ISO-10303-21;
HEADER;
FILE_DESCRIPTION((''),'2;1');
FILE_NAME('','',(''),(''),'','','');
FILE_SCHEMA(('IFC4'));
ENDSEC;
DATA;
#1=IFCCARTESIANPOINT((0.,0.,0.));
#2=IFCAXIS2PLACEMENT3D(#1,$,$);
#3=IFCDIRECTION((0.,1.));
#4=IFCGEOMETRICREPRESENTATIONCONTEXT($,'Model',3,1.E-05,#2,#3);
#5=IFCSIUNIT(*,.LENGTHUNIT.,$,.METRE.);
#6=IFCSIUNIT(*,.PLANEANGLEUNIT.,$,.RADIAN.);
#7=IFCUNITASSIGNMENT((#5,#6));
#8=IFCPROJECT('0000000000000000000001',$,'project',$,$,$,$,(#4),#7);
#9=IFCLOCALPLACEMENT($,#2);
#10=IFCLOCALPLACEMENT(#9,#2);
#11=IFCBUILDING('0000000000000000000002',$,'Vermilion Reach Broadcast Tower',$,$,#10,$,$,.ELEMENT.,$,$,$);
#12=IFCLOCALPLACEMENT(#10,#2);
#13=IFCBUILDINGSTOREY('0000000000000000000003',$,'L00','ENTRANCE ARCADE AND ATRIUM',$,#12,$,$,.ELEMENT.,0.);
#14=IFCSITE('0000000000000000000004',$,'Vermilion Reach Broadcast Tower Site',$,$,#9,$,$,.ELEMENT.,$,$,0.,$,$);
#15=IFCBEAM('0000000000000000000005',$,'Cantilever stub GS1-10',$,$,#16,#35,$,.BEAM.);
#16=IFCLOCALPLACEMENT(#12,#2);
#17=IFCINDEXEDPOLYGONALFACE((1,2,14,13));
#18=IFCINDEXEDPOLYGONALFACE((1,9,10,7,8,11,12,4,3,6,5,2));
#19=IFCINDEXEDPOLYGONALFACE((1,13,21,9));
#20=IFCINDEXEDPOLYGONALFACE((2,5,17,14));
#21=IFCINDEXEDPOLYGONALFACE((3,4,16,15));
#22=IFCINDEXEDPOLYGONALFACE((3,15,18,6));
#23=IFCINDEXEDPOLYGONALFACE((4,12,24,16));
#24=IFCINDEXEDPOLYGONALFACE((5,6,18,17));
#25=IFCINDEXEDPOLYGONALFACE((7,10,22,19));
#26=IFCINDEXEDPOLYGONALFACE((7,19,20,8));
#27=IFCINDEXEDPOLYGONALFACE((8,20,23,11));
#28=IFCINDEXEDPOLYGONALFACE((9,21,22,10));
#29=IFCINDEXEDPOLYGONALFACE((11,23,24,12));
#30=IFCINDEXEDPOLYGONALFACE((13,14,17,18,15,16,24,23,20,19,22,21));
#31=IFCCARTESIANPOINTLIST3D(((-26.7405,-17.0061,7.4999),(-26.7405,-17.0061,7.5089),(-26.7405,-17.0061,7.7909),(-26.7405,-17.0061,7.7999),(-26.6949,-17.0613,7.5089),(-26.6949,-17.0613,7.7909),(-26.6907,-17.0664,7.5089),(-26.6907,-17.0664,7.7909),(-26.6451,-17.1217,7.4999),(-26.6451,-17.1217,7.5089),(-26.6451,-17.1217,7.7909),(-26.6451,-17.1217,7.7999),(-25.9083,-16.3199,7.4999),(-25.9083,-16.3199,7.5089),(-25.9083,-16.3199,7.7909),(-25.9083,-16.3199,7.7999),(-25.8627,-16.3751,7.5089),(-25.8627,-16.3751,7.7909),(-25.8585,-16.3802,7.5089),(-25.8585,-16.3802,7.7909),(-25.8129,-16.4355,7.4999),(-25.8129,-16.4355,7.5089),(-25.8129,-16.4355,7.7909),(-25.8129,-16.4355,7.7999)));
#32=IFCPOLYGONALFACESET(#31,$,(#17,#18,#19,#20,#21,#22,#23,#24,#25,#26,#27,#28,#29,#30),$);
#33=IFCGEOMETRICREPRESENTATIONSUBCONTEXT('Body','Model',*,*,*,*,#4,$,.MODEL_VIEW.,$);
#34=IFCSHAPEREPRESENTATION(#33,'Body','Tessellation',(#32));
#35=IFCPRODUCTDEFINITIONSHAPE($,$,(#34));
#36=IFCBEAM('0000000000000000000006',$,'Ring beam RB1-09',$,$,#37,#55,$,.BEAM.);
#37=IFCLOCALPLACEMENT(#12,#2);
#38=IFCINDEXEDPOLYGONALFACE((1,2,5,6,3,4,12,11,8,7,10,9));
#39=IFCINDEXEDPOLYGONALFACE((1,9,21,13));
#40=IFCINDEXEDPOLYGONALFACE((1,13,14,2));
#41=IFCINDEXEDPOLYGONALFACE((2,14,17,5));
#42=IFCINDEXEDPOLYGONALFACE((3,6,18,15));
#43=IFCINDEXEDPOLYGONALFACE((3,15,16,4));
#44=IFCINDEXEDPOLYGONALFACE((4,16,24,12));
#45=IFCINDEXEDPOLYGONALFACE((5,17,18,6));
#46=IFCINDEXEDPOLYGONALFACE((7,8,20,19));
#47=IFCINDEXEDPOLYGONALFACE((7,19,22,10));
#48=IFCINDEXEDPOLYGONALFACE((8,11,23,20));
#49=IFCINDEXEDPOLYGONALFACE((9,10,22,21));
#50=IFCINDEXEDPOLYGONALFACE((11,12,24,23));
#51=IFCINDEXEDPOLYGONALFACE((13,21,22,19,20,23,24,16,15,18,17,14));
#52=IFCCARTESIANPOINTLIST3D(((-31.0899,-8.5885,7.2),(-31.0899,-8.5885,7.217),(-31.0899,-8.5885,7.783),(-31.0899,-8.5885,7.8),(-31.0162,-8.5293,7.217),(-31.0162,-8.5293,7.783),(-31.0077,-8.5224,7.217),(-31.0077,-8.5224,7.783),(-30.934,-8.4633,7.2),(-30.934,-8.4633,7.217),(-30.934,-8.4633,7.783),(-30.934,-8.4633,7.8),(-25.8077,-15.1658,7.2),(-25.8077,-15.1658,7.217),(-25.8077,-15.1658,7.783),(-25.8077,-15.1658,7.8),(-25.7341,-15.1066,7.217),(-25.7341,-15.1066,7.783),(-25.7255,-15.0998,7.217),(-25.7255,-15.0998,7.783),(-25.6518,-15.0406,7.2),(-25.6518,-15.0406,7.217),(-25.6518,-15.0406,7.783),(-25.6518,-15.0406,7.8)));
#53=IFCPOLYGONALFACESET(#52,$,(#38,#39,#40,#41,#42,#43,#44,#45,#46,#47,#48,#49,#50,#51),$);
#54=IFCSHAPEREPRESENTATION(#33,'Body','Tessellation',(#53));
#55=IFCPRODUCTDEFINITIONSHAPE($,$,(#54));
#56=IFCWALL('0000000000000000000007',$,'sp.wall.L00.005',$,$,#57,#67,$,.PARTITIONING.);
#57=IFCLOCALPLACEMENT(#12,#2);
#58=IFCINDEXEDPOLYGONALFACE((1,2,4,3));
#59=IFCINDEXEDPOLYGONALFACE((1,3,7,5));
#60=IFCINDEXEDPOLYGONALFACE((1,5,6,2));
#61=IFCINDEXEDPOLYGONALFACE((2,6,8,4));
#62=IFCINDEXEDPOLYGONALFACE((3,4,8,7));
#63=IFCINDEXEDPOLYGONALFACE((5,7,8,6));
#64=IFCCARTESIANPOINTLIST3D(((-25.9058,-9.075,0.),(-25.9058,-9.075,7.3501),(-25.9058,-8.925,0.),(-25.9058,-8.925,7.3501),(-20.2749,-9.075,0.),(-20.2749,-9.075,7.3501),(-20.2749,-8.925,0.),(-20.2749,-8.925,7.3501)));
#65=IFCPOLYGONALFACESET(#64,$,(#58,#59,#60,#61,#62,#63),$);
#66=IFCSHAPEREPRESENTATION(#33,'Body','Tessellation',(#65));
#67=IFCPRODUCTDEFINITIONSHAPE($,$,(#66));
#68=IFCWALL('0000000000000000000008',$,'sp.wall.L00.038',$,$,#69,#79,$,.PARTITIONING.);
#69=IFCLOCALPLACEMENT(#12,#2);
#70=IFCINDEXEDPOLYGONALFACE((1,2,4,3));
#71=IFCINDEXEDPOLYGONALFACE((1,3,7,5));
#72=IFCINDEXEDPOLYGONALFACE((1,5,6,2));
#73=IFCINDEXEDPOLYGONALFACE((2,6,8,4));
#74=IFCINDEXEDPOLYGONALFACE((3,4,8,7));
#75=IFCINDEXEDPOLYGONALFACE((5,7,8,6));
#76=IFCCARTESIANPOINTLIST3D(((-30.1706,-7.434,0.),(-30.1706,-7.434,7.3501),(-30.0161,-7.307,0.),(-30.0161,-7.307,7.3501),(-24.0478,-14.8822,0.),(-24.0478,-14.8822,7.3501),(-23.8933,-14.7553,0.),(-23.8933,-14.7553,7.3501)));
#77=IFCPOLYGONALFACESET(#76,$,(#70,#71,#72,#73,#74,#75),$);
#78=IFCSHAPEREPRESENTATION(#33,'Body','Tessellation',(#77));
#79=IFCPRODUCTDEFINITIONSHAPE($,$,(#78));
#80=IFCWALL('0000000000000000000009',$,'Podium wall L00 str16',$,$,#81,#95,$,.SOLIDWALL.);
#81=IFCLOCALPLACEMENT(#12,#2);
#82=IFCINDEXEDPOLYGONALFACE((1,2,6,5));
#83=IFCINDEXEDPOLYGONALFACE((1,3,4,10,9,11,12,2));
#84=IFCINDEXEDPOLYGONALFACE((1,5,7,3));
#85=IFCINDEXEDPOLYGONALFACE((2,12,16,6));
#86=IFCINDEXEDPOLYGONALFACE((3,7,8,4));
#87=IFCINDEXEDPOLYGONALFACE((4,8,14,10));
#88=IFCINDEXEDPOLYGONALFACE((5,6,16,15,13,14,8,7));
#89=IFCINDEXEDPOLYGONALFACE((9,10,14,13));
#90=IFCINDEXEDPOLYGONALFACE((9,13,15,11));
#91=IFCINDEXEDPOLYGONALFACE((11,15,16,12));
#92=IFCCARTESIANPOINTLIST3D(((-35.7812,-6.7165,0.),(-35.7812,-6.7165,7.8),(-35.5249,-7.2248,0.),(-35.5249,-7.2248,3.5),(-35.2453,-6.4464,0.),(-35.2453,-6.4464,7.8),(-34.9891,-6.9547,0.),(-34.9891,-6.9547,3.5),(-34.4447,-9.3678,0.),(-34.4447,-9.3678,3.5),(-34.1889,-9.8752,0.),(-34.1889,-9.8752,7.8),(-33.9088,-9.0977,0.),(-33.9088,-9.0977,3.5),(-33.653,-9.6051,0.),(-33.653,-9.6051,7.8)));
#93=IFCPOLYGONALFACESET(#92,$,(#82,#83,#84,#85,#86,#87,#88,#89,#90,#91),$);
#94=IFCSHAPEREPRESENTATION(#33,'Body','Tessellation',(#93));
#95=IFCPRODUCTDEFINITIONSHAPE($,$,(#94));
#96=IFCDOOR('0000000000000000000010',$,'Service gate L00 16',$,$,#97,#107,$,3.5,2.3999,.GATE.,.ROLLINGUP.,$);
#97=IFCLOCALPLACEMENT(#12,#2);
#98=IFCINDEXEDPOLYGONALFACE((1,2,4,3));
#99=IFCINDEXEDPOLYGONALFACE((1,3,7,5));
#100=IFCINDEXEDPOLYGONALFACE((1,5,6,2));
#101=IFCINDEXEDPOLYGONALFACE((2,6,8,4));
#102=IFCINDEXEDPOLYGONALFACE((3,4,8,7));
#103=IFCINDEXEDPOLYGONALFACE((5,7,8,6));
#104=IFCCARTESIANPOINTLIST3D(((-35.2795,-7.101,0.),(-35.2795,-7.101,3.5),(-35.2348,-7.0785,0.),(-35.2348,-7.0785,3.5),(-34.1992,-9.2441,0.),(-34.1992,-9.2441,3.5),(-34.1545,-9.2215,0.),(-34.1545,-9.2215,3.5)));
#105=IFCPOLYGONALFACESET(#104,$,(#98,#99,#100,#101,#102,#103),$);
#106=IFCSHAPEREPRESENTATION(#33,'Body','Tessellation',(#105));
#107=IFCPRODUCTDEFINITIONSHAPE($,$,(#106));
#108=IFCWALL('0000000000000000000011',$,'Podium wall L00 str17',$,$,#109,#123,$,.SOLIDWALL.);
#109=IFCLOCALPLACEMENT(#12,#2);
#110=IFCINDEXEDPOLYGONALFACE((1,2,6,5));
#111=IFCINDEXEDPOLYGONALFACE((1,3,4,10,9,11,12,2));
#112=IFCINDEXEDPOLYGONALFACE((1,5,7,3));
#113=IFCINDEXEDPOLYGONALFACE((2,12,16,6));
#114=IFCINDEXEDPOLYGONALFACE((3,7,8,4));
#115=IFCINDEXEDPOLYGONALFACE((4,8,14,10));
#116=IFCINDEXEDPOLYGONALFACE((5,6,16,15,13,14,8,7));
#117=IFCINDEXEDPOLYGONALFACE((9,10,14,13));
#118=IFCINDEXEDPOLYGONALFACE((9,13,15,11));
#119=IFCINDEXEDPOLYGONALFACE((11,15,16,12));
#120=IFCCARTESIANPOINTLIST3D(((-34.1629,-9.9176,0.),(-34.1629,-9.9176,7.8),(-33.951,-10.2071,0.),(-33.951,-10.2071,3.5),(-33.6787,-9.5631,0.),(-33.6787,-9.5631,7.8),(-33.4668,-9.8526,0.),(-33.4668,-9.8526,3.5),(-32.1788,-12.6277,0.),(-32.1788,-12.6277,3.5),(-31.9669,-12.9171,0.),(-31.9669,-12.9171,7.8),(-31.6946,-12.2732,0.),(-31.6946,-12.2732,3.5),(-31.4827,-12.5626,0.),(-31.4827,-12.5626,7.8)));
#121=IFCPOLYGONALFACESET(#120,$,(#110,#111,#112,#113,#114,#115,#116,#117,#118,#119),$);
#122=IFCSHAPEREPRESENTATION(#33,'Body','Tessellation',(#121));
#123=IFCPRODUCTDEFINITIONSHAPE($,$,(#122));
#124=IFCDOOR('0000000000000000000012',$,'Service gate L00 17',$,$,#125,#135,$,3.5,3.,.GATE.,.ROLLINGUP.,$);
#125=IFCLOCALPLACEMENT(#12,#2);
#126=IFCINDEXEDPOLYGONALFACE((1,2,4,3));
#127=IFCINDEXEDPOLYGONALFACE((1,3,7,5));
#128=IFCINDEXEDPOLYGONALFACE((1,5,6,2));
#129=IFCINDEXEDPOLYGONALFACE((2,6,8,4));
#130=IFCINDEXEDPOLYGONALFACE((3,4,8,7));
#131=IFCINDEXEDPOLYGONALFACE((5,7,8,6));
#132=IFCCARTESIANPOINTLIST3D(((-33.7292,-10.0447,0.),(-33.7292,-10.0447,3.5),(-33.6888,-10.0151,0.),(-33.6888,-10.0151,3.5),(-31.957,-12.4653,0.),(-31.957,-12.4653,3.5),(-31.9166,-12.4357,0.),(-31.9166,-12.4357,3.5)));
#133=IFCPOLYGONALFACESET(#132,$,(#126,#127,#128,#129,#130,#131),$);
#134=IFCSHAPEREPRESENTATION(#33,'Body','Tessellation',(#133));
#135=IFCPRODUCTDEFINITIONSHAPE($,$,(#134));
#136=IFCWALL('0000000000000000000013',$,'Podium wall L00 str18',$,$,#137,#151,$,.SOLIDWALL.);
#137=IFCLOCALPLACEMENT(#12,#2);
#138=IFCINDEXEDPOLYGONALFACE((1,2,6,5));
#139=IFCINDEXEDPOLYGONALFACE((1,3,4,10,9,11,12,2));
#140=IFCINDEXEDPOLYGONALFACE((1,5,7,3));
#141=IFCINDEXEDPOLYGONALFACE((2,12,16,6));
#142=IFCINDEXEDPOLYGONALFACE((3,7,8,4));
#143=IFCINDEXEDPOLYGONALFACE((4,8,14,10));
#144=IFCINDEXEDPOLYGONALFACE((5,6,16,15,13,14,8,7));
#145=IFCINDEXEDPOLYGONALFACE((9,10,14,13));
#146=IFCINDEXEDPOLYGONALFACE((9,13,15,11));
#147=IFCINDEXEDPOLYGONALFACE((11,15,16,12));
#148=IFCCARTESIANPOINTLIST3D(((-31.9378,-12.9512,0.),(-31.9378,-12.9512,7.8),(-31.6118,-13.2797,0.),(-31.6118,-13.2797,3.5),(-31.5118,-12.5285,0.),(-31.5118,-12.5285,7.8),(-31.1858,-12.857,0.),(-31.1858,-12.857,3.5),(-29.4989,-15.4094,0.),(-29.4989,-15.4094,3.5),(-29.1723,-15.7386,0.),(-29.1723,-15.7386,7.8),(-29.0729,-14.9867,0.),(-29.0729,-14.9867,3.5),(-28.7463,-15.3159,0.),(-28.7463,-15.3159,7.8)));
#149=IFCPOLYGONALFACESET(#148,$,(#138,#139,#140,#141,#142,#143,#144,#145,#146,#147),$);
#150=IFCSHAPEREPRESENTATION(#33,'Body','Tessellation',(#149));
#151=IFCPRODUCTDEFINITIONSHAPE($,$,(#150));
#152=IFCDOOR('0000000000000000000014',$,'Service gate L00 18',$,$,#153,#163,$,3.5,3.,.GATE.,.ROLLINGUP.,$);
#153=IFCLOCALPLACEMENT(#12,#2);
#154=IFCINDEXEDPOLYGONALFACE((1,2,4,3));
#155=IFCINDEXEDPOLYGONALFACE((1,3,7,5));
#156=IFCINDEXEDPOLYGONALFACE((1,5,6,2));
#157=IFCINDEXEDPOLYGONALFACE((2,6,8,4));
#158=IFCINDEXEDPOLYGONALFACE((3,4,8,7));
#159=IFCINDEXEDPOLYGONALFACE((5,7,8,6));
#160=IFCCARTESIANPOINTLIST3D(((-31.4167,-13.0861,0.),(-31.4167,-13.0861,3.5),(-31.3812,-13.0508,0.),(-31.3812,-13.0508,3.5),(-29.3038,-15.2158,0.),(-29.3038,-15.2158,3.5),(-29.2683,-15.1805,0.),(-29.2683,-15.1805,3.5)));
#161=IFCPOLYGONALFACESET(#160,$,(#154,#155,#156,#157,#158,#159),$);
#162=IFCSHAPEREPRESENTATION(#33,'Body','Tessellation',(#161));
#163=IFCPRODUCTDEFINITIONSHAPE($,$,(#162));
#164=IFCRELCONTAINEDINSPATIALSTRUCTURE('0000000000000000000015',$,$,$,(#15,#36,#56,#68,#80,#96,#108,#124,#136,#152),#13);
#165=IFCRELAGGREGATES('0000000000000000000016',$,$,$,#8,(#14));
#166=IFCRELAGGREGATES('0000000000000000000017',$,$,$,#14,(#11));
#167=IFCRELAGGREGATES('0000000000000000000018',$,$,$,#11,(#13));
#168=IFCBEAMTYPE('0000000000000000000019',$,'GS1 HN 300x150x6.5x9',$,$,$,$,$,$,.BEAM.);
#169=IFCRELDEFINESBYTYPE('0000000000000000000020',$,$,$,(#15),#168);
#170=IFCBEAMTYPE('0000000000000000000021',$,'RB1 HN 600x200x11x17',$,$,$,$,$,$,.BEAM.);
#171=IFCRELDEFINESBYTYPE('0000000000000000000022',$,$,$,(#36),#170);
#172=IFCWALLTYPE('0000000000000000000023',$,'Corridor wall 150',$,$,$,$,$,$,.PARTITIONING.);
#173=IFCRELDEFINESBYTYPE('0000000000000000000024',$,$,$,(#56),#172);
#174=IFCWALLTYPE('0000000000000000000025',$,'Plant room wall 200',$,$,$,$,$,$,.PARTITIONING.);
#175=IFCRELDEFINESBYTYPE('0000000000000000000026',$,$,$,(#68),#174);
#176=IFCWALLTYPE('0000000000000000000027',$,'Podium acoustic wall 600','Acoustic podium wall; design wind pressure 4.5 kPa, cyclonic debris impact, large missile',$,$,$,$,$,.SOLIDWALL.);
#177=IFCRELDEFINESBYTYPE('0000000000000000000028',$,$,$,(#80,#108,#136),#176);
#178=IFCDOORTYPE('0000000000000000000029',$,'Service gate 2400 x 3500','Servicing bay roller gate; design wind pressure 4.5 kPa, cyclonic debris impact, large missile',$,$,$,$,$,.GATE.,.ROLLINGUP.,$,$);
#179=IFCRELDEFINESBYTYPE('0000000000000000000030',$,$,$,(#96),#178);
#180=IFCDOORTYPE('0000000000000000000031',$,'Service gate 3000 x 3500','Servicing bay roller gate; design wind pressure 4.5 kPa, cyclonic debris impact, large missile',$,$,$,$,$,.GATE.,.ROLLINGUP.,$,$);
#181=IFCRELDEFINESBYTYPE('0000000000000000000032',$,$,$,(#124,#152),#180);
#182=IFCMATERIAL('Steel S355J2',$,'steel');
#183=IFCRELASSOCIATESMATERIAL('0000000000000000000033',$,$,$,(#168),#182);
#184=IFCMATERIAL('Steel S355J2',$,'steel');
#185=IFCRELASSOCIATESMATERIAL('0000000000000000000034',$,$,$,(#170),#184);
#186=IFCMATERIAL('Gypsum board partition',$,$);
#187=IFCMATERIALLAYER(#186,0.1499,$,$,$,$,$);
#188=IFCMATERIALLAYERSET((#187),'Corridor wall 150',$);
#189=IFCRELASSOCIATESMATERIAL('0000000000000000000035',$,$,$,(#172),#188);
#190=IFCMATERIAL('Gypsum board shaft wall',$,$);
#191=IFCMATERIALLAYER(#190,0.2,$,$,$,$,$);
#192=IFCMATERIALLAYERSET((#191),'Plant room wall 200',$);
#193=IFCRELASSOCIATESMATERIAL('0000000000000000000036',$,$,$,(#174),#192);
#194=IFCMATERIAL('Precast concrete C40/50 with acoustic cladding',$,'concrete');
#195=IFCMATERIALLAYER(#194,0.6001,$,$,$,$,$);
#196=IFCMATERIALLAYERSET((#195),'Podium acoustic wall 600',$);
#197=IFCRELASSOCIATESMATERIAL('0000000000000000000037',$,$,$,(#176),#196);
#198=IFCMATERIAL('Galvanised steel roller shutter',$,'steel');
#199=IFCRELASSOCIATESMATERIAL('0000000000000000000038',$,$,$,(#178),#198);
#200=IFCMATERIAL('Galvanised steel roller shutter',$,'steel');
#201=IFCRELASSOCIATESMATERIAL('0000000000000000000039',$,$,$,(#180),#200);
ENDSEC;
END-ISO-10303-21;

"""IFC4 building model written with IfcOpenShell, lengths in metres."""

from ifc_helpers import new_model, si_unit, direction, frame, frame_2d, origin, origin_2d, place, context, subcontext, project, spatial, rectangle, i_section, extrude, material, layer, layer_set, material_profile, profile_set, type_object, element, fill, save


model = new_model("IFC4")

# Units and contexts
model_context = context("Model", 3, precision=1e-05, world=origin(), true_north=direction((0.0, 1.0)))
body_context = subcontext(model_context, "Body", "Model", "MODEL_VIEW")
ifc_project = project(units=[si_unit("LENGTHUNIT", "METRE"), si_unit("PLANEANGLEUNIT", "RADIAN")], contexts=[model_context])

# Site, building, storey
site_placement = place(None, origin())
site = spatial("IfcSite", under=ifc_project, at=site_placement, Name="Vermilion Reach Broadcast Tower Site", CompositionType="ELEMENT", RefElevation=0.0)
building_placement = place(site_placement, origin())
building = spatial("IfcBuilding", under=site, at=building_placement, Name="Vermilion Reach Broadcast Tower", CompositionType="ELEMENT")
storey_placement = place(building_placement, origin())
storey = spatial("IfcBuildingStorey", under=building, at=storey_placement, Name="L00", Description="ENTRANCE ARCADE AND ATRIUM", CompositionType="ELEMENT", Elevation=0.0)

# Beams
ifc_material_1 = material(Name="Steel S355J2", Category="steel")
ifc_material_profile_1 = material_profile(ifc_material_1, i_section(OverallWidth=0.1499, OverallDepth=0.3, WebThickness=0.0066, FlangeThickness=0.009, at=origin_2d()), Name="S355J2 HN 300x150x6.5x9")
ifc_profile_set_1 = profile_set([ifc_material_profile_1], Name="Steel S355J2")
beam_type_1 = type_object("IfcBeamType", Name="GS1 HN 300x150x6.5x9", PredefinedType="BEAM", material=ifc_profile_set_1)
beam_1_placement = place(storey_placement, frame((-25.8606, -16.3777, 7.6499), z_axis=(-0.771532, -0.636191, 0.0), x_axis=(0.636191, -0.771532, 0.0)))
element("IfcBeam", 1, at=beam_1_placement, inside=storey, type_object=beam_type_1, Name="Cantilever stub GS1-10", PredefinedType="BEAM", context=body_context, shape_type="SweptSolid", body=[
    extrude(i_section(OverallWidth=0.1499, OverallDepth=0.3, WebThickness=0.0066, FlangeThickness=0.009, at=origin_2d()), origin(), (0.0, 0.0, 1.0), 1.0786),
])
ifc_material_2 = material(Name="Steel S355J2", Category="steel")
ifc_material_profile_2 = material_profile(ifc_material_2, i_section(OverallWidth=0.2, OverallDepth=0.6001, WebThickness=0.011, FlangeThickness=0.0171, at=origin_2d()), Name="S355J2 HN 600x200x11x17")
ifc_profile_set_2 = profile_set([ifc_material_profile_2], Name="Steel S355J2")
beam_type_2 = type_object("IfcBeamType", Name="RB1 HN 600x200x11x17", PredefinedType="BEAM", material=ifc_profile_set_2)
beam_2_placement = place(storey_placement, frame((-31.012, -8.5259, 7.5), z_axis=(0.626162, -0.779693, 0.0), x_axis=(0.779693, 0.626162, 0.0)))
element("IfcBeam", 2, at=beam_2_placement, inside=storey, type_object=beam_type_2, Name="Ring beam RB1-09", PredefinedType="BEAM", context=body_context, shape_type="SweptSolid", body=[
    extrude(i_section(OverallWidth=0.2, OverallDepth=0.6001, WebThickness=0.011, FlangeThickness=0.0171, at=origin_2d()), origin(), (0.0, 0.0, 1.0), 8.4358),
])

# Walls
ifc_material_3 = material(Name="Gypsum board partition")
ifc_layer_1 = layer(ifc_material_3, 0.1499)
ifc_layer_set_1 = layer_set([ifc_layer_1], Name="Corridor wall 150")
wall_type_1 = type_object("IfcWallType", Name="Corridor wall 150", PredefinedType="PARTITIONING", material=ifc_layer_set_1)
wall_1_placement = place(storey_placement, frame((-25.9058, -9.0, 0.0), z_axis=(0.0, 0.0, 1.0), x_axis=(1.0, 0.0, 0.0)))
element("IfcWall", 3, at=wall_1_placement, inside=storey, type_object=wall_type_1, Name="sp.wall.L00.005", PredefinedType="PARTITIONING", context=body_context, shape_type="SweptSolid", body=[
    extrude(rectangle(XDim=5.6309, YDim=0.1499, at=frame_2d((2.8154, 0.0))), origin(), (0.0, 0.0, 1.0), 7.3501),
])
ifc_material_4 = material(Name="Gypsum board shaft wall")
ifc_layer_2 = layer(ifc_material_4, 0.2)
ifc_layer_set_2 = layer_set([ifc_layer_2], Name="Plant room wall 200")
wall_type_2 = type_object("IfcWallType", Name="Plant room wall 200", PredefinedType="PARTITIONING", material=ifc_layer_set_2)
wall_2_placement = place(storey_placement, frame((-30.0933, -7.3706, 0.0), z_axis=(0.0, 0.0, 1.0), x_axis=(0.635024, -0.772492, 0.0)))
element("IfcWall", 4, at=wall_2_placement, inside=storey, type_object=wall_type_2, Name="sp.wall.L00.038", PredefinedType="PARTITIONING", context=body_context, shape_type="SweptSolid", body=[
    extrude(rectangle(XDim=9.6418, YDim=0.2, at=frame_2d((4.8208, 0.0))), origin(), (0.0, 0.0, 1.0), 7.3501),
])

# Walls, openings, doors
ifc_material_5 = material(Name="Precast concrete C40/50 with acoustic cladding", Category="concrete")
ifc_layer_3 = layer(ifc_material_5, 0.6001)
ifc_layer_set_3 = layer_set([ifc_layer_3], Name="Podium acoustic wall 600")
wall_type_3 = type_object("IfcWallType", Name="Podium acoustic wall 600", Description="Acoustic podium wall; design wind pressure 4.5 kPa, cyclonic debris impact, large missile", PredefinedType="SOLIDWALL", material=ifc_layer_set_3)
wall_3_placement = place(storey_placement, frame((-35.5132, -6.5815, 0.0), z_axis=(0.0, 0.0, 1.0), x_axis=(0.450138, -0.892959, 0.0)))
wall_3 = element("IfcWall", 5, at=wall_3_placement, inside=storey, type_object=wall_type_3, Name="Podium wall L00 str16", PredefinedType="SOLIDWALL", context=body_context, shape_type="SweptSolid", body=[
    extrude(rectangle(XDim=3.5374, YDim=0.6001, at=frame_2d((1.7686, 0.0))), origin(), (0.0, 0.0, 1.0), 7.8),
])
opening_1_placement = place(wall_3_placement, frame((0.5691, 0.0, 0.0)))
opening_1 = element("IfcOpeningElement", 6, at=opening_1_placement, cuts=wall_3, PredefinedType="OPENING", context=body_context, shape_type="SweptSolid", body=[
    extrude(rectangle(XDim=2.3999, YDim=3.5, at=frame_2d((1.2, 1.75))), frame((0.0, 0.3101, 0.0), z_axis=(0.0, -1.0, 0.0), x_axis=(1.0, 0.0, 0.0)), (0.0, 0.0, 1.0), 0.6201),
])
ifc_material_6 = material(Name="Galvanised steel roller shutter", Category="steel")
door_type_1 = type_object("IfcDoorType", Name="Service gate 2400 x 3500", Description="Servicing bay roller gate; design wind pressure 4.5 kPa, cyclonic debris impact, large missile", OperationType="ROLLINGUP", PredefinedType="GATE", material=ifc_material_6)
door_1_placement = place(opening_1_placement, origin())
door_1 = element("IfcDoor", 7, at=door_1_placement, inside=storey, type_object=door_type_1, Name="Service gate L00 16", OperationType="ROLLINGUP", OverallHeight=3.5, OverallWidth=2.3999, PredefinedType="GATE", context=body_context, shape_type="SweptSolid", body=[
    extrude(rectangle(XDim=2.3999, YDim=3.5, at=frame_2d((1.2, 1.75))), frame((0.0, 0.0249, 0.0), z_axis=(0.0, -1.0, 0.0), x_axis=(1.0, 0.0, 0.0)), (0.0, 0.0, 1.0), 0.05),
])
fill(opening_1, door_1)
wall_4_placement = place(storey_placement, frame((-33.9209, -9.7402, 0.0), z_axis=(0.0, 0.0, 1.0), x_axis=(0.590734, -0.806866, 0.0)))
wall_4 = element("IfcWall", 8, at=wall_4_placement, inside=storey, type_object=wall_type_3, Name="Podium wall L00 str17", PredefinedType="SOLIDWALL", context=body_context, shape_type="SweptSolid", body=[
    extrude(rectangle(XDim=3.7175, YDim=0.6001, at=frame_2d((1.8589, 0.0))), origin(), (0.0, 0.0, 1.0), 7.8),
])
opening_2_placement = place(wall_4_placement, frame((0.3589, 0.0, 0.0)))
opening_2 = element("IfcOpeningElement", 9, at=opening_2_placement, cuts=wall_4, PredefinedType="OPENING", context=body_context, shape_type="SweptSolid", body=[
    extrude(rectangle(XDim=3.0, YDim=3.5, at=frame_2d((1.5, 1.75))), frame((0.0, 0.3101, 0.0), z_axis=(0.0, -1.0, 0.0), x_axis=(1.0, 0.0, 0.0)), (0.0, 0.0, 1.0), 0.6201),
])
ifc_material_7 = material(Name="Galvanised steel roller shutter", Category="steel")
door_type_2 = type_object("IfcDoorType", Name="Service gate 3000 x 3500", Description="Servicing bay roller gate; design wind pressure 4.5 kPa, cyclonic debris impact, large missile", OperationType="ROLLINGUP", PredefinedType="GATE", material=ifc_material_7)
door_2_placement = place(opening_2_placement, origin())
door_2 = element("IfcDoor", 10, at=door_2_placement, inside=storey, type_object=door_type_2, Name="Service gate L00 17", OperationType="ROLLINGUP", OverallHeight=3.5, OverallWidth=3.0, PredefinedType="GATE", context=body_context, shape_type="SweptSolid", body=[
    extrude(rectangle(XDim=3.0, YDim=3.5, at=frame_2d((1.5, 1.75))), frame((0.0, 0.0249, 0.0), z_axis=(0.0, -1.0, 0.0), x_axis=(1.0, 0.0, 0.0)), (0.0, 0.0, 1.0), 0.05),
])
fill(opening_2, door_2)
wall_5_placement = place(storey_placement, frame((-31.7249, -12.7397, 0.0), z_axis=(0.0, 0.0, 1.0), x_axis=(0.704303, -0.709899, 0.0)))
wall_5 = element("IfcWall", 11, at=wall_5_placement, inside=storey, type_object=wall_type_3, Name="Podium wall L00 str18", PredefinedType="SOLIDWALL", context=body_context, shape_type="SweptSolid", body=[
    extrude(rectangle(XDim=3.9265, YDim=0.6001, at=frame_2d((1.9634, 0.0))), origin(), (0.0, 0.0, 1.0), 7.8),
])
opening_3_placement = place(wall_5_placement, frame((0.4629, 0.0, 0.0)))
opening_3 = element("IfcOpeningElement", 12, at=opening_3_placement, cuts=wall_5, PredefinedType="OPENING", context=body_context, shape_type="SweptSolid", body=[
    extrude(rectangle(XDim=3.0, YDim=3.5, at=frame_2d((1.5, 1.75))), frame((0.0, 0.3101, 0.0), z_axis=(0.0, -1.0, 0.0), x_axis=(1.0, 0.0, 0.0)), (0.0, 0.0, 1.0), 0.6201),
])
door_3_placement = place(opening_3_placement, origin())
door_3 = element("IfcDoor", 13, at=door_3_placement, inside=storey, type_object=door_type_2, Name="Service gate L00 18", OperationType="ROLLINGUP", OverallHeight=3.5, OverallWidth=3.0, PredefinedType="GATE", context=body_context, shape_type="SweptSolid", body=[
    extrude(rectangle(XDim=3.0, YDim=3.5, at=frame_2d((1.5, 1.75))), frame((0.0, 0.0249, 0.0), z_axis=(0.0, -1.0, 0.0), x_axis=(1.0, 0.0, 0.0)), (0.0, 0.0, 1.0), 0.05),
])
fill(opening_3, door_3)

save(model, "model.ifc")
